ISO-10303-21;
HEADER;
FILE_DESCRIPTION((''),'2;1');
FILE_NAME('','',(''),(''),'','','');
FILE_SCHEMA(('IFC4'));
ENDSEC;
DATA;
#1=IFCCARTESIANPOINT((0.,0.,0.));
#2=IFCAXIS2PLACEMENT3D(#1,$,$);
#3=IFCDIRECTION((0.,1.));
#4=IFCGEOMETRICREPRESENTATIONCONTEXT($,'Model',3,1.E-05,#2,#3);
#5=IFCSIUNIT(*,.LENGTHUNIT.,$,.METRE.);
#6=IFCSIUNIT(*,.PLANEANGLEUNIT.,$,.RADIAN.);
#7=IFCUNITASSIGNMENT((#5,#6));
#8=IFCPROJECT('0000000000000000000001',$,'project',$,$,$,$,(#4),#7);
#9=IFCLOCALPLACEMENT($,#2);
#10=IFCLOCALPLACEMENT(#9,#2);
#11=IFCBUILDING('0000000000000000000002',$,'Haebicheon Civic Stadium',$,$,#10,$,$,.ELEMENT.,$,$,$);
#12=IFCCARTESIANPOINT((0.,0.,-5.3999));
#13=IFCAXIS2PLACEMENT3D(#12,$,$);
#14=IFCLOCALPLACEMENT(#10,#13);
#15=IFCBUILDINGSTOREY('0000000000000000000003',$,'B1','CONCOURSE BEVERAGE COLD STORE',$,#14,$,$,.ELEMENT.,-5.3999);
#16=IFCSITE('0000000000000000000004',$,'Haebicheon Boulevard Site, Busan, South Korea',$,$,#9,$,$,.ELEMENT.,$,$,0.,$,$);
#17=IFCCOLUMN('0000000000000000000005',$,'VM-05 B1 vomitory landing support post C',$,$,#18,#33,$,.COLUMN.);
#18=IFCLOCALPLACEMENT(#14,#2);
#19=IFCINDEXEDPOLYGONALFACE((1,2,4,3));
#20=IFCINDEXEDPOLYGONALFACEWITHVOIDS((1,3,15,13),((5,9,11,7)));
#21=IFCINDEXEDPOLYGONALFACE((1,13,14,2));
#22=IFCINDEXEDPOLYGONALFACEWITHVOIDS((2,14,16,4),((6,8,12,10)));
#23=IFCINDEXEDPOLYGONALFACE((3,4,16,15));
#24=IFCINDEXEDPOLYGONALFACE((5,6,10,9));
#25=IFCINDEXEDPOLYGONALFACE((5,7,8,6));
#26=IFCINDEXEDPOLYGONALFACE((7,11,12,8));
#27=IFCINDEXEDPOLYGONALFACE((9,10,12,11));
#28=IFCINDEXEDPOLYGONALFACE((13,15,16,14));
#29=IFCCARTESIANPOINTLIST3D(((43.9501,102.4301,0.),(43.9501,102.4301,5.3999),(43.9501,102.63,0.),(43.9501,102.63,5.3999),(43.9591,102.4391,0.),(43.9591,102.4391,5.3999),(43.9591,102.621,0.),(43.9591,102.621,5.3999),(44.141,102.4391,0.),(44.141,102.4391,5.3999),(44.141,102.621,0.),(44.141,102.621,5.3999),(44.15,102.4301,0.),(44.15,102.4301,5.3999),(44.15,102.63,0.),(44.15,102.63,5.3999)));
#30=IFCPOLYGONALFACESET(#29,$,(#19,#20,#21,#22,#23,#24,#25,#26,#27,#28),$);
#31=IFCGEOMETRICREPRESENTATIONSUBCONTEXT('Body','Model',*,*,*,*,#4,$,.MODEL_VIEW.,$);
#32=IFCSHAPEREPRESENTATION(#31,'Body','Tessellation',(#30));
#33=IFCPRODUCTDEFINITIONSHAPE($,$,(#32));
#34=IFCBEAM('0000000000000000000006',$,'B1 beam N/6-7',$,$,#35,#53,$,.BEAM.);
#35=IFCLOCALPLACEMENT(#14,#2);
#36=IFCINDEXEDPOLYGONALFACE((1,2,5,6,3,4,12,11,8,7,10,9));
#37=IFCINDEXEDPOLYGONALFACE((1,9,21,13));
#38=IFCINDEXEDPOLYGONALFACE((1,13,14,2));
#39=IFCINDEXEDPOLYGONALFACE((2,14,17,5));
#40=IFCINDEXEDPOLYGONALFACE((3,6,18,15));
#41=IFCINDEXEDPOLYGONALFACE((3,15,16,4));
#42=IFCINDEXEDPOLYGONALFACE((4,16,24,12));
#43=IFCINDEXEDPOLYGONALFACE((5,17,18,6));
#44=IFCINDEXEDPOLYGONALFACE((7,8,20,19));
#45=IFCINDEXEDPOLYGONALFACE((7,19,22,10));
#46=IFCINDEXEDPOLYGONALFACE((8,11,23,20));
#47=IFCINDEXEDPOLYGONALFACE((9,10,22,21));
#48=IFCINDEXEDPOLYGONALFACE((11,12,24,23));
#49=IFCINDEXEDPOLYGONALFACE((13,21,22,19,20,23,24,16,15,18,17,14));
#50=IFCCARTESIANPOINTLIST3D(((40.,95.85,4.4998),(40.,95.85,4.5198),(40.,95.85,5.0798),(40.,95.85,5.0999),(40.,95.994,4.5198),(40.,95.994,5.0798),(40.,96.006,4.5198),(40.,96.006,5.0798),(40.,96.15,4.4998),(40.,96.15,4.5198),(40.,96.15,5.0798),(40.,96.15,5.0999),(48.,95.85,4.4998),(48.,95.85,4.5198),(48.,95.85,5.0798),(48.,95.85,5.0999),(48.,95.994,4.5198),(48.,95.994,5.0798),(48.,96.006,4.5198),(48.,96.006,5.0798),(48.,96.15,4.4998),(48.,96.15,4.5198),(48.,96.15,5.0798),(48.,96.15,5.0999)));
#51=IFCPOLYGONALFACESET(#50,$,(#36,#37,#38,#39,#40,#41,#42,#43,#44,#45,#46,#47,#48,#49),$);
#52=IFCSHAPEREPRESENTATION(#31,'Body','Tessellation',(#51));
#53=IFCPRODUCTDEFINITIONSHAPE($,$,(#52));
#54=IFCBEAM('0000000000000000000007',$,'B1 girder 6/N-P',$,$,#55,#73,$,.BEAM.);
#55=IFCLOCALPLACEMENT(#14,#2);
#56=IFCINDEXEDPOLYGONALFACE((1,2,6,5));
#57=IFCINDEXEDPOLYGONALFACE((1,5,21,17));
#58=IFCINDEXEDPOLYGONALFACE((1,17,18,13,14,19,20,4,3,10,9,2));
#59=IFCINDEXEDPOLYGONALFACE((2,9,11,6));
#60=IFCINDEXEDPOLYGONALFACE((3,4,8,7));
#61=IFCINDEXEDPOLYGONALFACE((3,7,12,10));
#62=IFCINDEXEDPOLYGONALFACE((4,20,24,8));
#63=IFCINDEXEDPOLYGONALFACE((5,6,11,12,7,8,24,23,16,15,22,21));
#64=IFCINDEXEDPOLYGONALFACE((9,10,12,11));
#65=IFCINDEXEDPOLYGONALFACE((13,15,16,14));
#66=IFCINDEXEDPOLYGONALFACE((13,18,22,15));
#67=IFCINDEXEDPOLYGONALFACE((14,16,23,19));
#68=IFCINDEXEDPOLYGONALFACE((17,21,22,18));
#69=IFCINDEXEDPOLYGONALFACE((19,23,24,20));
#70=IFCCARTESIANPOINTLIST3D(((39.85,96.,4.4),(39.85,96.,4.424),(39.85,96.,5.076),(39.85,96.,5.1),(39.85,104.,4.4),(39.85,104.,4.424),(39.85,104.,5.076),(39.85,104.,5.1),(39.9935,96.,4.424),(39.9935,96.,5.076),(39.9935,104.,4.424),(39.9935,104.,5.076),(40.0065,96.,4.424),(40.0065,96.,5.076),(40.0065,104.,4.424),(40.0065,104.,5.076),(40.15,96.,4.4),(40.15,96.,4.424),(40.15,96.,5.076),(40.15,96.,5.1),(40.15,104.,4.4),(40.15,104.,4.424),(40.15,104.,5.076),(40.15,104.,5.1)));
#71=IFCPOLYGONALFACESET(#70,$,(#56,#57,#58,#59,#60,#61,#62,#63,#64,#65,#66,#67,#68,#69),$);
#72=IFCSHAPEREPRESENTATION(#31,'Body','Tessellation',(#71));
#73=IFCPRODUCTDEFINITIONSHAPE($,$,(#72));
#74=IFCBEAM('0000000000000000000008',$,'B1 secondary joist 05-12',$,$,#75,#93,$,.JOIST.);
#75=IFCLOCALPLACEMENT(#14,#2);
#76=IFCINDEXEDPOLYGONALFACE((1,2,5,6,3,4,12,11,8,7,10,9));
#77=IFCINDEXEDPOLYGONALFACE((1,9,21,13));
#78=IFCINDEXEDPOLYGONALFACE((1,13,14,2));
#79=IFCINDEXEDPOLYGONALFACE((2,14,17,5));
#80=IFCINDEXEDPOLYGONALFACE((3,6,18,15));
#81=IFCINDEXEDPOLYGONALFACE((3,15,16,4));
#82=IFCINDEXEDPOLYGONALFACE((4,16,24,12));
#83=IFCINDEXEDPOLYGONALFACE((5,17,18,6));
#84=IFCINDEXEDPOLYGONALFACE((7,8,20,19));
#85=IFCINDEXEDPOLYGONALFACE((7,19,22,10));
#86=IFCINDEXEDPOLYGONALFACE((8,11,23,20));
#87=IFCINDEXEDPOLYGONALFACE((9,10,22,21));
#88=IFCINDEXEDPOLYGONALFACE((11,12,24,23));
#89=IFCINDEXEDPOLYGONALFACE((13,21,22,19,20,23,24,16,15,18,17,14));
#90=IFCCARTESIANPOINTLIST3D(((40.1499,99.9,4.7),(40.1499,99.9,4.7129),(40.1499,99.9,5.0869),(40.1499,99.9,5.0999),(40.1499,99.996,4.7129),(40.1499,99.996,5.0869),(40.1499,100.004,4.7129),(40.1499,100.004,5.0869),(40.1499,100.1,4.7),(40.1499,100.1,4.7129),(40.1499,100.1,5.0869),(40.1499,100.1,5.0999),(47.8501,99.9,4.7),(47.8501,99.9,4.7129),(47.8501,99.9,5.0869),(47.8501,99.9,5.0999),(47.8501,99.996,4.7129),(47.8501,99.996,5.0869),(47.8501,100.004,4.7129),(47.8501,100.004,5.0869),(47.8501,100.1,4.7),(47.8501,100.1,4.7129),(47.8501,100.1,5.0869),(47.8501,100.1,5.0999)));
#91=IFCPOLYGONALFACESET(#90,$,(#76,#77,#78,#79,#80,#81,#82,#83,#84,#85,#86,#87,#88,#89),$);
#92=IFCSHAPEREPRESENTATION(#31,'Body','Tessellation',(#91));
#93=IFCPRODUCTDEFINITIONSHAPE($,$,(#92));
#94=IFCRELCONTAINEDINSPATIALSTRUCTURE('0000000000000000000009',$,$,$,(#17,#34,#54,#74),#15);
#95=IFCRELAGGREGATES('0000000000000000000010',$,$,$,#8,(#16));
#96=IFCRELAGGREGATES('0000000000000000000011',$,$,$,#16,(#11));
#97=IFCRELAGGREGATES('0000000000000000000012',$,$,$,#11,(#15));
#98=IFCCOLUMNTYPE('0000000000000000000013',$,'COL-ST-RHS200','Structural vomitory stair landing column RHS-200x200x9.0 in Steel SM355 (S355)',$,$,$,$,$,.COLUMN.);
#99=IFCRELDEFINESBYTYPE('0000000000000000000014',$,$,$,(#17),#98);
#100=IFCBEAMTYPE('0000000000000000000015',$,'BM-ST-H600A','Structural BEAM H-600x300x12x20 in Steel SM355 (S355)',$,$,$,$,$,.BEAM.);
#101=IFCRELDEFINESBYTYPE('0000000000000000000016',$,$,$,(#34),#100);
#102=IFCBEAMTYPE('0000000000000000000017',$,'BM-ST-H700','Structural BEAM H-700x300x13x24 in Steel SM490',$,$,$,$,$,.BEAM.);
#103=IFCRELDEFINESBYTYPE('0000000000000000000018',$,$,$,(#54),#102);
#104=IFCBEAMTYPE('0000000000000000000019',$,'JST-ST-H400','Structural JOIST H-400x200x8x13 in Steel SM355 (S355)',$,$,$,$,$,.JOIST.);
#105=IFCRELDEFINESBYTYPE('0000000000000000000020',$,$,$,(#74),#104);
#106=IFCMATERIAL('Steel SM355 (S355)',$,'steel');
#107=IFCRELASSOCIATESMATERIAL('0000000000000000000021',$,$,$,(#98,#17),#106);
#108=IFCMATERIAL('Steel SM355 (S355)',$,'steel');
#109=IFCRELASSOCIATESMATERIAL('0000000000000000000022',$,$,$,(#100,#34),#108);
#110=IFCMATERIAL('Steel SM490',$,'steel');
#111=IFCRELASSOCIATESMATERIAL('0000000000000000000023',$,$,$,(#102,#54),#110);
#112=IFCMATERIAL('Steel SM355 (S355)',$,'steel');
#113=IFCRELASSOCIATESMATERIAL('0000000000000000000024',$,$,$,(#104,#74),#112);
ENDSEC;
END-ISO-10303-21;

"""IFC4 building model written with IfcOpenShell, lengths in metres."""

from ifc_helpers import new_model, si_unit, direction, frame, origin, origin_2d, place, context, subcontext, project, spatial, hollow_rectangle, i_section, extrude, material, material_profile, profile_set, type_object, element, save


model = new_model("IFC4")

# Units and contexts
model_context = context("Model", 3, precision=1e-05, world=origin(), true_north=direction((0.0, 1.0)))
body_context = subcontext(model_context, "Body", "Model", "MODEL_VIEW")
ifc_project = project(units=[si_unit("LENGTHUNIT", "METRE"), si_unit("PLANEANGLEUNIT", "RADIAN")], contexts=[model_context])

# Site, building, storey
site_placement = place(None, origin())
site = spatial("IfcSite", under=ifc_project, at=site_placement, Name="Haebicheon Boulevard Site, Busan, South Korea", CompositionType="ELEMENT", RefElevation=0.0)
building_placement = place(site_placement, origin())
building = spatial("IfcBuilding", under=site, at=building_placement, Name="Haebicheon Civic Stadium", CompositionType="ELEMENT")
storey_placement = place(building_placement, frame((0.0, 0.0, -5.3999)))
storey = spatial("IfcBuildingStorey", under=building, at=storey_placement, Name="B1", Description="CONCOURSE BEVERAGE COLD STORE", CompositionType="ELEMENT", Elevation=-5.3999)

# Column
ifc_material_1 = material(Name="Steel SM355 (S355)", Category="steel")
ifc_material_profile_1 = material_profile(ifc_material_1, hollow_rectangle(XDim=0.2, YDim=0.2, WallThickness=0.009, at=origin_2d()), Name="RHS-200x200x9.0")
ifc_profile_set_1 = profile_set([ifc_material_profile_1], Name="Steel SM355 (S355)")
column_type_1 = type_object("IfcColumnType", Name="COL-ST-RHS200", Description="Structural vomitory stair landing column RHS-200x200x9.0 in Steel SM355 (S355)", PredefinedType="COLUMN", material=ifc_profile_set_1)
for number, where, z_axis, x_axis, name in (
    (1, (44.05, 102.53, 0.0), (0.0, 0.0, 1.0), (1.0, 0.0, 0.0), "VM-05 B1 vomitory landing support post C"),
):
    element("IfcColumn", number, at=place(storey_placement, frame(where, z_axis=z_axis, x_axis=x_axis)), inside=storey, type_object=column_type_1, material=ifc_profile_set_1, Name=name, PredefinedType="COLUMN", context=body_context, shape_type="SweptSolid", body=[
        extrude(hollow_rectangle(XDim=0.2, YDim=0.2, WallThickness=0.009, at=origin_2d()), origin(), (0.0, 0.0, 1.0), 5.3999),
    ])

# Beams
ifc_material_2 = material(Name="Steel SM355 (S355)", Category="steel")
ifc_material_profile_2 = material_profile(ifc_material_2, i_section(OverallWidth=0.3, OverallDepth=0.6001, WebThickness=0.012, FlangeThickness=0.02, at=origin_2d()), Name="H-600x300x12x20")
ifc_profile_set_2 = profile_set([ifc_material_profile_2], Name="Steel SM355 (S355)")
beam_type_1 = type_object("IfcBeamType", Name="BM-ST-H600A", Description="Structural BEAM H-600x300x12x20 in Steel SM355 (S355)", PredefinedType="BEAM", material=ifc_profile_set_2)
beam_1_placement = place(storey_placement, frame((40.0, 96.0, 4.7998), z_axis=(1.0, 0.0, 0.0), x_axis=(0.0, 1.0, 0.0)))
element("IfcBeam", 2, at=beam_1_placement, inside=storey, type_object=beam_type_1, material=ifc_profile_set_2, Name="B1 beam N/6-7", PredefinedType="BEAM", context=body_context, shape_type="SweptSolid", body=[
    extrude(i_section(OverallWidth=0.3, OverallDepth=0.6001, WebThickness=0.012, FlangeThickness=0.02, at=origin_2d()), origin(), (0.0, 0.0, 1.0), 8.0),
])
ifc_material_3 = material(Name="Steel SM490", Category="steel")
ifc_material_profile_3 = material_profile(ifc_material_3, i_section(OverallWidth=0.3, OverallDepth=0.7, WebThickness=0.0129, FlangeThickness=0.0239, at=origin_2d()), Name="H-700x300x13x24")
ifc_profile_set_3 = profile_set([ifc_material_profile_3], Name="Steel SM490")
beam_type_2 = type_object("IfcBeamType", Name="BM-ST-H700", Description="Structural BEAM H-700x300x13x24 in Steel SM490", PredefinedType="BEAM", material=ifc_profile_set_3)
beam_2_placement = place(storey_placement, frame((40.0, 96.0, 4.75), z_axis=(0.0, 1.0, 0.0), x_axis=(-1.0, 0.0, 0.0)))
element("IfcBeam", 3, at=beam_2_placement, inside=storey, type_object=beam_type_2, material=ifc_profile_set_3, Name="B1 girder 6/N-P", PredefinedType="BEAM", context=body_context, shape_type="SweptSolid", body=[
    extrude(i_section(OverallWidth=0.3, OverallDepth=0.7, WebThickness=0.0129, FlangeThickness=0.0239, at=origin_2d()), origin(), (0.0, 0.0, 1.0), 8.0),
])
ifc_material_4 = material(Name="Steel SM355 (S355)", Category="steel")
ifc_material_profile_4 = material_profile(ifc_material_4, i_section(OverallWidth=0.2, OverallDepth=0.3999, WebThickness=0.0081, FlangeThickness=0.0129, at=origin_2d()), Name="H-400x200x8x13")
ifc_profile_set_4 = profile_set([ifc_material_profile_4], Name="Steel SM355 (S355)")
beam_type_3 = type_object("IfcBeamType", Name="JST-ST-H400", Description="Structural JOIST H-400x200x8x13 in Steel SM355 (S355)", PredefinedType="JOIST", material=ifc_profile_set_4)
beam_3_placement = place(storey_placement, frame((40.1499, 100.0, 4.8999), z_axis=(1.0, 0.0, 0.0), x_axis=(0.0, 1.0, 0.0)))
element("IfcBeam", 4, at=beam_3_placement, inside=storey, type_object=beam_type_3, material=ifc_profile_set_4, Name="B1 secondary joist 05-12", PredefinedType="JOIST", context=body_context, shape_type="SweptSolid", body=[
    extrude(i_section(OverallWidth=0.2, OverallDepth=0.3999, WebThickness=0.0081, FlangeThickness=0.0129, at=origin_2d()), origin(), (0.0, 0.0, 1.0), 7.7002),
])

save(model, "model.ifc")
